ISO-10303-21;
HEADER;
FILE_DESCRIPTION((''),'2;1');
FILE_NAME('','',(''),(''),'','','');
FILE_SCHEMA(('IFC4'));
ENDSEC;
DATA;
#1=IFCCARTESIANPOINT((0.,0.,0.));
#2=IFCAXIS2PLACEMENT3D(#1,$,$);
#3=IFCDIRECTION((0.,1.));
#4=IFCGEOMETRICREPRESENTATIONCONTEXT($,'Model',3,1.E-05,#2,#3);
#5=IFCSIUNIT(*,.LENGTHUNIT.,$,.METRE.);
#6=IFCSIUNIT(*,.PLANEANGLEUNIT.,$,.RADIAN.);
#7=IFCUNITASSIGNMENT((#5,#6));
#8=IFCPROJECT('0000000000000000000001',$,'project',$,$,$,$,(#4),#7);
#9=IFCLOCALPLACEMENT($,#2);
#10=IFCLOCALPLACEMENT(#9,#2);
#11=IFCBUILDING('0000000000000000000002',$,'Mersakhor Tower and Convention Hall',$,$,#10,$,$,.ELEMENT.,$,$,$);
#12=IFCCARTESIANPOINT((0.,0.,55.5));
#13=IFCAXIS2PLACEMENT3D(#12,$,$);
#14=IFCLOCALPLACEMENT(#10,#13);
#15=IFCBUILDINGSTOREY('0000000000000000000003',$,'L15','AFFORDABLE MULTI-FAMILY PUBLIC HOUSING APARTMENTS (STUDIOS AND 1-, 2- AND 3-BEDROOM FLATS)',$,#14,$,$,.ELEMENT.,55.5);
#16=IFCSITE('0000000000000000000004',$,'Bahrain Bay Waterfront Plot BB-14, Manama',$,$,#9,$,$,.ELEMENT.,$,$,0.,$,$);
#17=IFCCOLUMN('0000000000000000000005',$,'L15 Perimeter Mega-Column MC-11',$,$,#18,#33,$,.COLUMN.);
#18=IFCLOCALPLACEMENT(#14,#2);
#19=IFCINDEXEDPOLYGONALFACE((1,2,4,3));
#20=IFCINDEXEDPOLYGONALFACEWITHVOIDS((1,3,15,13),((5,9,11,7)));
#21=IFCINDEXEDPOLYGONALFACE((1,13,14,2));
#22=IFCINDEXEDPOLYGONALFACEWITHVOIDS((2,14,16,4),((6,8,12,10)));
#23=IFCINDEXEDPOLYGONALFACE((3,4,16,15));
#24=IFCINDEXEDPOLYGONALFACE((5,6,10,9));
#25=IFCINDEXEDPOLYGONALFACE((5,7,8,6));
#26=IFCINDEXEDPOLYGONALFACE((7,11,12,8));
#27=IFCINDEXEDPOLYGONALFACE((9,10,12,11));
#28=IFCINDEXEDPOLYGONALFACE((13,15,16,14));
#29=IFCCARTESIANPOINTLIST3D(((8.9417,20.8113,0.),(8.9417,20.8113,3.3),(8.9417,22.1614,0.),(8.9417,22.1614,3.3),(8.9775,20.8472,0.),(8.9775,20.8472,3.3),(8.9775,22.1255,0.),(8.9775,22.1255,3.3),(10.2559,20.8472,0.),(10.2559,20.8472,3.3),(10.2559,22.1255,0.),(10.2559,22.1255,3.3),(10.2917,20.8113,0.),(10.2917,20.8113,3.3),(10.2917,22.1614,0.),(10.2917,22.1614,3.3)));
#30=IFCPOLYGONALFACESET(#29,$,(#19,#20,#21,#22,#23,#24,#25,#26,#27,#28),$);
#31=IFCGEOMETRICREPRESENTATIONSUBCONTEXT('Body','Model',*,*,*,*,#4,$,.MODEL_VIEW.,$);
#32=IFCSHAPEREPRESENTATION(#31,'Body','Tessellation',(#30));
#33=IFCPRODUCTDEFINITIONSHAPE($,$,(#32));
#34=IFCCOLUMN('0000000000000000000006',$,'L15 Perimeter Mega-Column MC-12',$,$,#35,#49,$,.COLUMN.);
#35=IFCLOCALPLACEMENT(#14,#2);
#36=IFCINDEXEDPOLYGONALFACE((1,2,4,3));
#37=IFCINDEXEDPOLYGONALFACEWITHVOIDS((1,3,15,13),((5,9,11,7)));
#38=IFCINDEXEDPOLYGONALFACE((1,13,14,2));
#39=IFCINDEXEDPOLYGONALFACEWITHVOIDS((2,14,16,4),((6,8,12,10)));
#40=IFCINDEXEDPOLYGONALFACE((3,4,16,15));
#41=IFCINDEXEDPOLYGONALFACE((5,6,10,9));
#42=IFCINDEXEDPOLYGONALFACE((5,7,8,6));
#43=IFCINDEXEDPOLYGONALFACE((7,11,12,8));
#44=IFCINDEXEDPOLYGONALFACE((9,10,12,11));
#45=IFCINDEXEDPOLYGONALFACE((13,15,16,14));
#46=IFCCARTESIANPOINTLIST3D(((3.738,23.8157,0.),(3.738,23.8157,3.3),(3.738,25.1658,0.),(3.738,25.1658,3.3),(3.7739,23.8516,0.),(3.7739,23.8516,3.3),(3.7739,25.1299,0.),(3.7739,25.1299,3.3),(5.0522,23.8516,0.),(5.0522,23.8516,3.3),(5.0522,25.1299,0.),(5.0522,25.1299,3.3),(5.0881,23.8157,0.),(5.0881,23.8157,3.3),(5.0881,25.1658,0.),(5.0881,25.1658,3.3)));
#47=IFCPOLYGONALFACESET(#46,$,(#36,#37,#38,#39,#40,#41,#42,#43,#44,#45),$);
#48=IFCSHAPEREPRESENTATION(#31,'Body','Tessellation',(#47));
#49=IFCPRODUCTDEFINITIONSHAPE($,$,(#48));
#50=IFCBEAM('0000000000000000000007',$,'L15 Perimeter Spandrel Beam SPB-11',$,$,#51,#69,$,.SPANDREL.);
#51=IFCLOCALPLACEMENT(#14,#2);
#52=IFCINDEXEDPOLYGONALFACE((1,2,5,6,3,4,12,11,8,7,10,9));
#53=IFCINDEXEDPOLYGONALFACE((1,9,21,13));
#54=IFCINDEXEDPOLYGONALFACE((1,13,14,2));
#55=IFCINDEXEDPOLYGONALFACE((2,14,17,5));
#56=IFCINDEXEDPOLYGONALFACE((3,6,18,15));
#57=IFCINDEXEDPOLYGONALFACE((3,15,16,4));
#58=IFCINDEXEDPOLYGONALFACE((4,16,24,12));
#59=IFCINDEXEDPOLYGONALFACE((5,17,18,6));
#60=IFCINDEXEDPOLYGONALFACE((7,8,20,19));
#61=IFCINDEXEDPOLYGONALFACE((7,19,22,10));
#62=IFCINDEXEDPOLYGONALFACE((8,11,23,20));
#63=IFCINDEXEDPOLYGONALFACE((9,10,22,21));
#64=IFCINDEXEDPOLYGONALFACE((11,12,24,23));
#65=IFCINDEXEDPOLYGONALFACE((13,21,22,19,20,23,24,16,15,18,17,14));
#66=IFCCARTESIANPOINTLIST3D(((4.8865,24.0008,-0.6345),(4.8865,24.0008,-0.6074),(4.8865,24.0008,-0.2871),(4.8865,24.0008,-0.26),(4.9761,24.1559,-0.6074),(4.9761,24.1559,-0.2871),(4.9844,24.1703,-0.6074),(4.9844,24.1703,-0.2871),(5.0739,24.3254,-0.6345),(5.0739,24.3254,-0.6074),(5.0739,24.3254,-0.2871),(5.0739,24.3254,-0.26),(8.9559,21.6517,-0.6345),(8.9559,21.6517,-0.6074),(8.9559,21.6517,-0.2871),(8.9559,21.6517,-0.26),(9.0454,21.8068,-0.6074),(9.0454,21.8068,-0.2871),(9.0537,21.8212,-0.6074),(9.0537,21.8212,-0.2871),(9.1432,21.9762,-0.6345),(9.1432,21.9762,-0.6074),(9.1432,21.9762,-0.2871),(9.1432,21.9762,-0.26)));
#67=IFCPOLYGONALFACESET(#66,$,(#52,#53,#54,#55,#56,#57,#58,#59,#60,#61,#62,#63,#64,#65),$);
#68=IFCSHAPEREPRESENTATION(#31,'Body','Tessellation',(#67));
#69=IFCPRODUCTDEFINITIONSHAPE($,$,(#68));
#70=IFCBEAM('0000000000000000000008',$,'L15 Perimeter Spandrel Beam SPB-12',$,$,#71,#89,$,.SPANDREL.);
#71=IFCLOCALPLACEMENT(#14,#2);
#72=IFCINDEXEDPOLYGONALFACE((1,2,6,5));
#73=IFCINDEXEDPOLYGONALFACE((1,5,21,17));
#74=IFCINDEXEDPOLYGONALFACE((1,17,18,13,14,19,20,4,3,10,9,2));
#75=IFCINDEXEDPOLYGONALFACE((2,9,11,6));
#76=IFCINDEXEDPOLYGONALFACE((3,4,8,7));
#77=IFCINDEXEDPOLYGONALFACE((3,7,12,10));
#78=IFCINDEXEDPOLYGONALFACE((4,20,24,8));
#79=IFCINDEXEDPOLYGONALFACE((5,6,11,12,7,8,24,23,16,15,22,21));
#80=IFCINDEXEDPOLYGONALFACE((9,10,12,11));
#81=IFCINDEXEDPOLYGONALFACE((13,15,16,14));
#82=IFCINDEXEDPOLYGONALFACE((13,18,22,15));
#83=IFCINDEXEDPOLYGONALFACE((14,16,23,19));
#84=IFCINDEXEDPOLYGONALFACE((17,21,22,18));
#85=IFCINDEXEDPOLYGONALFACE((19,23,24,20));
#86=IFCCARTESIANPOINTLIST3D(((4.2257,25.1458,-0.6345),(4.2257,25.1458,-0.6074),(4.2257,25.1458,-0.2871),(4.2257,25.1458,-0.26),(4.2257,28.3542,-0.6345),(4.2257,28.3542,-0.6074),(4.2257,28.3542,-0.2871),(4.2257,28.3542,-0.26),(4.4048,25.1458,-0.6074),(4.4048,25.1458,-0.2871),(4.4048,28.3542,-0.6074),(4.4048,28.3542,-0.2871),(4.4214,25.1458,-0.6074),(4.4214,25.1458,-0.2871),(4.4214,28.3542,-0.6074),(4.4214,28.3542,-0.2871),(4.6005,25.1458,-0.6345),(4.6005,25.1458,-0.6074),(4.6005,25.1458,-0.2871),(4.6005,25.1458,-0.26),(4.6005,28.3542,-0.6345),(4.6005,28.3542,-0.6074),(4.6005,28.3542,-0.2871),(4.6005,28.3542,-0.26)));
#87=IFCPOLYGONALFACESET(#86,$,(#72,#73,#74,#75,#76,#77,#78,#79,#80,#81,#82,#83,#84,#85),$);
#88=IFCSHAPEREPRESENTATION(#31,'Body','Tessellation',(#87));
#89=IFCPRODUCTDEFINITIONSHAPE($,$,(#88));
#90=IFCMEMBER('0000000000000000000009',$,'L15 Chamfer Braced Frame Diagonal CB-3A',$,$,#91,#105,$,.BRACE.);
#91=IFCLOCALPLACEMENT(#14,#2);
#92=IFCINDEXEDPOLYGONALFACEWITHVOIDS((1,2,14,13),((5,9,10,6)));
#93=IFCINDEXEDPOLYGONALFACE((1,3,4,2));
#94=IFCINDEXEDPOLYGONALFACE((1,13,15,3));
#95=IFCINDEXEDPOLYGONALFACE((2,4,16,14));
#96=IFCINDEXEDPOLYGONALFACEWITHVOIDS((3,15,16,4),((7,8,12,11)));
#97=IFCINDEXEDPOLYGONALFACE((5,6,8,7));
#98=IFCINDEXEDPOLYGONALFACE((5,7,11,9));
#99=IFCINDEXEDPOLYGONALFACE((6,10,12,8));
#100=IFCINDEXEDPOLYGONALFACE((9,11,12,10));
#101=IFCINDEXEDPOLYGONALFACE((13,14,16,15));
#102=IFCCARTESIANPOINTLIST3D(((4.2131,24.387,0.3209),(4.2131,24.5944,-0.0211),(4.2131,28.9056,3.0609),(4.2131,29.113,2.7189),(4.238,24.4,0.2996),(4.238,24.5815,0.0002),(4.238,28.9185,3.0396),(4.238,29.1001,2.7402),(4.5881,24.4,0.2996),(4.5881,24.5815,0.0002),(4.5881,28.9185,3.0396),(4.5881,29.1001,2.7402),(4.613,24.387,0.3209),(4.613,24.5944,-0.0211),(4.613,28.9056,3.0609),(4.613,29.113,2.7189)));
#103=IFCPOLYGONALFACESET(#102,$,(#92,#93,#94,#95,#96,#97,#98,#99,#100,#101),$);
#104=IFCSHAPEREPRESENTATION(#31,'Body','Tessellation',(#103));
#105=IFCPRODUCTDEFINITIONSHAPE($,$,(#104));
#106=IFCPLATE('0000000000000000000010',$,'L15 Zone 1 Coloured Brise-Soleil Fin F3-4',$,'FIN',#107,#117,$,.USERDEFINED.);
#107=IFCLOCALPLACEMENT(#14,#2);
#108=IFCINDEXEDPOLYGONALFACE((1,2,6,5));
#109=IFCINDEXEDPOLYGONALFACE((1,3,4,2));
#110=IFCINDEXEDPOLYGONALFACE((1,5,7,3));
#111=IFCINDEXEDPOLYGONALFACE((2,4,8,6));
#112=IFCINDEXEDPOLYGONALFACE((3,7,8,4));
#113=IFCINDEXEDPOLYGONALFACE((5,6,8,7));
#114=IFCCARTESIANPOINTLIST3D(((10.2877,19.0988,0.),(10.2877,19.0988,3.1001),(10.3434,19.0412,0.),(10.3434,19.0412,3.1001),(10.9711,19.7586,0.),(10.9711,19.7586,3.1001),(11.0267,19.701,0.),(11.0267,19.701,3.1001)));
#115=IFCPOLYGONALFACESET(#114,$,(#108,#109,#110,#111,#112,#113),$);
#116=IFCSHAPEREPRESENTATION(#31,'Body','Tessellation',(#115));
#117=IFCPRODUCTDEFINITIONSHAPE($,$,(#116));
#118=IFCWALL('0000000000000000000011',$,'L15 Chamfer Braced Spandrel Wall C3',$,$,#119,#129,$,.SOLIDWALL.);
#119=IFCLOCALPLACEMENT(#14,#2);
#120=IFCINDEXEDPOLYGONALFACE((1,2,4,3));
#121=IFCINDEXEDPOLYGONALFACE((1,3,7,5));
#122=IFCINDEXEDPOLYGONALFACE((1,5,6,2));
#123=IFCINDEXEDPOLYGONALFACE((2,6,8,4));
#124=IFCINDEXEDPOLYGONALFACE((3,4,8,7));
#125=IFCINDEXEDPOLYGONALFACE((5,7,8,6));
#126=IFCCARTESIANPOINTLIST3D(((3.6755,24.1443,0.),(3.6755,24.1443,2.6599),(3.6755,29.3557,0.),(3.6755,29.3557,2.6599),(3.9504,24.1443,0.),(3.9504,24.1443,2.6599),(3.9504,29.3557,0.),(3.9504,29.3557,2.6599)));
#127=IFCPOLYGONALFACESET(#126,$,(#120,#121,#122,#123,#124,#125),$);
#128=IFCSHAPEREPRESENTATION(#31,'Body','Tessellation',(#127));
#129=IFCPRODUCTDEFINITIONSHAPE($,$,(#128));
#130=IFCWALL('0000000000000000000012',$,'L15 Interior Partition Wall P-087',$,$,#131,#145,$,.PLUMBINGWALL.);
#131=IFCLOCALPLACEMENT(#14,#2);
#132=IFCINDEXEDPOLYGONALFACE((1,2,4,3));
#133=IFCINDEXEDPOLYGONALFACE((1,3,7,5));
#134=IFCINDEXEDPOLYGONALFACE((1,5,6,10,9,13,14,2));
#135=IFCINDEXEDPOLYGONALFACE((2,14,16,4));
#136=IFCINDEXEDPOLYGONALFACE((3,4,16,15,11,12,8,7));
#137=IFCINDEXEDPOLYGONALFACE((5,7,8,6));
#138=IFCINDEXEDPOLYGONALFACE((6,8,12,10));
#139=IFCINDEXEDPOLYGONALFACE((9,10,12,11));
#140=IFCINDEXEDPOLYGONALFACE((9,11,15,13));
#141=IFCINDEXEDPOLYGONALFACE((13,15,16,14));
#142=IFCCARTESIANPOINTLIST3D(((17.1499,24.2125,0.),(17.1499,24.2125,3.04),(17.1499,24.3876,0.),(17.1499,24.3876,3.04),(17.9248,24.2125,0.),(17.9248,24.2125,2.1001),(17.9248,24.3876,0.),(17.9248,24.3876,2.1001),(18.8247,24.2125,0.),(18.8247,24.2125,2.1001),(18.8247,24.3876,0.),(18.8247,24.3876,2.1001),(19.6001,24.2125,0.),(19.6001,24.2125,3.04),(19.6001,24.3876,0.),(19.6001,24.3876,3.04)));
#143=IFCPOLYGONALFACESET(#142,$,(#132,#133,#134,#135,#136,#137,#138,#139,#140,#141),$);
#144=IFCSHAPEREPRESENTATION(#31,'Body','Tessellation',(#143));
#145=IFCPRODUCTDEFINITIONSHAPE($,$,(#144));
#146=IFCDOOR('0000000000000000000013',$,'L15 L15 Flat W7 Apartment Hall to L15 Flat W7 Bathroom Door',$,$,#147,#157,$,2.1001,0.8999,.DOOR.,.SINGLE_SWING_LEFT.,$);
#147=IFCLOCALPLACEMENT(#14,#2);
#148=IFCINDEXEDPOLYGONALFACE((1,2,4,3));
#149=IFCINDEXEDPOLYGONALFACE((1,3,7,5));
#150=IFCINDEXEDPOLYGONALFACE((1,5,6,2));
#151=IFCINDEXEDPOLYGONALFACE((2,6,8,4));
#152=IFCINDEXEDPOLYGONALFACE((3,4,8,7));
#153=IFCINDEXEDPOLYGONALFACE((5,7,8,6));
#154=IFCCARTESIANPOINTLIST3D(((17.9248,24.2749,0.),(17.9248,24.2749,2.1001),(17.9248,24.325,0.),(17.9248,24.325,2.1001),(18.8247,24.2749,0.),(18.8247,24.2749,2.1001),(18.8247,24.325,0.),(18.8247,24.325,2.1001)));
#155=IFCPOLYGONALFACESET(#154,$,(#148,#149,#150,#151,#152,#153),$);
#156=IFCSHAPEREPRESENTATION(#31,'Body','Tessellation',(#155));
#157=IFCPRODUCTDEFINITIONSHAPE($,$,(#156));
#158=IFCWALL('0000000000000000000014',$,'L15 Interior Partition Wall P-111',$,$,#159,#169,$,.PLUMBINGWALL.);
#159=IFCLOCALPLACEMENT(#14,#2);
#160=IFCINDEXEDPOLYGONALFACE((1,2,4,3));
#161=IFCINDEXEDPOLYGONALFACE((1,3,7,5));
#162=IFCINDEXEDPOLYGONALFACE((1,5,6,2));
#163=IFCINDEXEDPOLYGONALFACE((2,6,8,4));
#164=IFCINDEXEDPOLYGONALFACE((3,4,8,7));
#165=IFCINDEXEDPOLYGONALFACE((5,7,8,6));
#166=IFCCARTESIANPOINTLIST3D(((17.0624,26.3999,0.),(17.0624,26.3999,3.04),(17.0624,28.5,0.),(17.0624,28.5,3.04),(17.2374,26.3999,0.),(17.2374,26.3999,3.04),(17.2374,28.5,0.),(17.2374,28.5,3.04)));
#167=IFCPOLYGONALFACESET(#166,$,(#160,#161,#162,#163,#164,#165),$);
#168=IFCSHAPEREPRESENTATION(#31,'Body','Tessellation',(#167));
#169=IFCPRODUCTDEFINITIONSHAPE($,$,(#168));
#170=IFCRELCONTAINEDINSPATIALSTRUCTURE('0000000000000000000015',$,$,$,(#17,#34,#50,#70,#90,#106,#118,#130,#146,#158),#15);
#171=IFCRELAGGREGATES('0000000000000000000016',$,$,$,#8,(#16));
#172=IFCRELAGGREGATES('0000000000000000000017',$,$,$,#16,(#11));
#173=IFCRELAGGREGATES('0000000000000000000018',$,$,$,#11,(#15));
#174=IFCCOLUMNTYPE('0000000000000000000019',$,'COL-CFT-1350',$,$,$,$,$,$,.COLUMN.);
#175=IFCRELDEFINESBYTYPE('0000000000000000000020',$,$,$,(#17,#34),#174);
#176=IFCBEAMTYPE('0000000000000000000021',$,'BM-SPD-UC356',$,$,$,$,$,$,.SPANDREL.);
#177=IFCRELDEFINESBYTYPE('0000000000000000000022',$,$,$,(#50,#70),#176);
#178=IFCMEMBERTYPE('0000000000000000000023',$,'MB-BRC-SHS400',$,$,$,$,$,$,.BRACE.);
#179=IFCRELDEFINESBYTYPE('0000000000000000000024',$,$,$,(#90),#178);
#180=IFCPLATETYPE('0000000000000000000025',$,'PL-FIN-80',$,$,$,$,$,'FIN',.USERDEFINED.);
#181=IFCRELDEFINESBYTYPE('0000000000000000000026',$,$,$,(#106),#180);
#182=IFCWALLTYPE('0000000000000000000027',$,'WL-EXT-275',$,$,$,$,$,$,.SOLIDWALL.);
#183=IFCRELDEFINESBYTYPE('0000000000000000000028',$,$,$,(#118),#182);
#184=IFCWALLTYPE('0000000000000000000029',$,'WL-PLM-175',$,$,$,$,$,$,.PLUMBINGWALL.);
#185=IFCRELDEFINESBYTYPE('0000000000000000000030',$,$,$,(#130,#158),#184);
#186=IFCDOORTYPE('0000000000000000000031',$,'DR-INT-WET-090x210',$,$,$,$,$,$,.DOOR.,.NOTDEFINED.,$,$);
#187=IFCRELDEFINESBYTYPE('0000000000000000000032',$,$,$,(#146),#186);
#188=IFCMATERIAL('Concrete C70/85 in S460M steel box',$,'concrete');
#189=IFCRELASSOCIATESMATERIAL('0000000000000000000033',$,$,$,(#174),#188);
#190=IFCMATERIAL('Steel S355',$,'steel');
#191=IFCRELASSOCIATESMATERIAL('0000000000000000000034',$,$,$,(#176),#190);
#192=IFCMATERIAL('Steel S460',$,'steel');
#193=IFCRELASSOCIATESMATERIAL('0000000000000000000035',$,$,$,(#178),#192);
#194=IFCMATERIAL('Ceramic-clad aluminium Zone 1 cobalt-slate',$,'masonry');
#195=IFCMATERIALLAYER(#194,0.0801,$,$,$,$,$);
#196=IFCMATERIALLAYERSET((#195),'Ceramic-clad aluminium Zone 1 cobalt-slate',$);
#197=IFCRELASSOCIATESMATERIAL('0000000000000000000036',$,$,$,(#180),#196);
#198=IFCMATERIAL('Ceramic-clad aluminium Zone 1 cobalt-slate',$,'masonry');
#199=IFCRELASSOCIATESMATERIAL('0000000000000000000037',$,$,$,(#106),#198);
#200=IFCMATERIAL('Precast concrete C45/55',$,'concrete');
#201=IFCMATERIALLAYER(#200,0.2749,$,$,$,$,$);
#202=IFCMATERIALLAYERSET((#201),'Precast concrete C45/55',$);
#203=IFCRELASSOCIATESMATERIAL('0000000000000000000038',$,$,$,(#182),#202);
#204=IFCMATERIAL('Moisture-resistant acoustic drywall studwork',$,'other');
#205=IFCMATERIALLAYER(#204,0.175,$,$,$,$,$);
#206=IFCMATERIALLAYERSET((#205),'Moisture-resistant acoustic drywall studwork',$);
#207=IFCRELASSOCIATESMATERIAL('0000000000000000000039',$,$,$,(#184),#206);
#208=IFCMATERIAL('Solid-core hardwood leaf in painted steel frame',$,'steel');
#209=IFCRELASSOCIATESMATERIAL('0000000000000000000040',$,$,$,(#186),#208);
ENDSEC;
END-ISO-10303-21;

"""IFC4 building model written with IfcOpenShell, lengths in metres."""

from ifc_helpers import new_model, si_unit, direction, frame, frame_2d, origin, origin_2d, place, context, subcontext, project, spatial, rectangle, hollow_rectangle, i_section, extrude, material, layer, layer_set, material_profile, profile_set, type_object, element, fill, save


model = new_model("IFC4")

# Units and contexts
model_context = context("Model", 3, precision=1e-05, world=origin(), true_north=direction((0.0, 1.0)))
body_context = subcontext(model_context, "Body", "Model", "MODEL_VIEW")
ifc_project = project(units=[si_unit("LENGTHUNIT", "METRE"), si_unit("PLANEANGLEUNIT", "RADIAN")], contexts=[model_context])

# Site, building, storey
site_placement = place(None, origin())
site = spatial("IfcSite", under=ifc_project, at=site_placement, Name="Bahrain Bay Waterfront Plot BB-14, Manama", CompositionType="ELEMENT", RefElevation=0.0)
building_placement = place(site_placement, origin())
building = spatial("IfcBuilding", under=site, at=building_placement, Name="Mersakhor Tower and Convention Hall", CompositionType="ELEMENT")
storey_placement = place(building_placement, frame((0.0, 0.0, 55.5)))
storey = spatial("IfcBuildingStorey", under=building, at=storey_placement, Name="L15", Description="AFFORDABLE MULTI-FAMILY PUBLIC HOUSING APARTMENTS (STUDIOS AND 1-, 2- AND 3-BEDROOM FLATS)", CompositionType="ELEMENT", Elevation=55.5)

# Columns
ifc_material_1 = material(Name="Concrete C70/85 in S460M steel box", Category="concrete")
ifc_material_profile_1 = material_profile(ifc_material_1, hollow_rectangle(XDim=1.3501, YDim=1.3501, WallThickness=0.0359, at=origin_2d()), Name="SHS 1350x1350x36")
ifc_profile_set_1 = profile_set([ifc_material_profile_1], Name="Concrete C70/85 in S460M steel box")
column_type = type_object("IfcColumnType", Name="COL-CFT-1350", PredefinedType="COLUMN", material=ifc_profile_set_1)
for number, where, z_axis, x_axis, name in (
    (1, (9.6167, 21.4863, 0.0), (0.0, 0.0, 1.0), (1.0, 0.0, 0.0), "L15 Perimeter Mega-Column MC-11"),
    (2, (4.4131, 24.4907, 0.0), (0.0, 0.0, 1.0), (1.0, 0.0, 0.0), "L15 Perimeter Mega-Column MC-12"),
):
    element("IfcColumn", number, at=place(storey_placement, frame(where, z_axis=z_axis, x_axis=x_axis)), inside=storey, type_object=column_type, Name=name, PredefinedType="COLUMN", context=body_context, shape_type="SweptSolid", body=[
        extrude(hollow_rectangle(XDim=1.3501, YDim=1.3501, WallThickness=0.0359, at=origin_2d()), origin(), (0.0, 0.0, 1.0), 3.3),
    ])

# Beams
ifc_material_2 = material(Name="Steel S355", Category="steel")
ifc_material_profile_2 = material_profile(ifc_material_2, i_section(OverallWidth=0.3748, OverallDepth=0.3745, WebThickness=0.0166, FlangeThickness=0.0271, at=origin_2d()), Name="UC 356x368x202")
ifc_profile_set_2 = profile_set([ifc_material_profile_2], Name="Steel S355")
beam_type = type_object("IfcBeamType", Name="BM-SPD-UC356", PredefinedType="SPANDREL", material=ifc_profile_set_2)
beam_1_placement = place(storey_placement, frame((9.0496, 21.814, -0.4473), z_axis=(-0.866054, 0.49995, 0.0), x_axis=(-0.49995, -0.866054, 0.0)))
element("IfcBeam", 3, at=beam_1_placement, inside=storey, type_object=beam_type, Name="L15 Perimeter Spandrel Beam SPB-11", PredefinedType="SPANDREL", context=body_context, shape_type="SweptSolid", body=[
    extrude(i_section(OverallWidth=0.3748, OverallDepth=0.3745, WebThickness=0.0166, FlangeThickness=0.0271, at=origin_2d()), origin(), (0.0, 0.0, 1.0), 4.6987),
])
beam_2_placement = place(storey_placement, frame((4.4131, 25.1458, -0.4473), z_axis=(0.0, 1.0, 0.0), x_axis=(-1.0, 0.0, 0.0)))
element("IfcBeam", 4, at=beam_2_placement, inside=storey, type_object=beam_type, Name="L15 Perimeter Spandrel Beam SPB-12", PredefinedType="SPANDREL", context=body_context, shape_type="SweptSolid", body=[
    extrude(i_section(OverallWidth=0.3748, OverallDepth=0.3745, WebThickness=0.0166, FlangeThickness=0.0271, at=origin_2d()), origin(), (0.0, 0.0, 1.0), 3.2085),
])

# Member
ifc_material_3 = material(Name="Steel S460", Category="steel")
ifc_material_profile_3 = material_profile(ifc_material_3, hollow_rectangle(XDim=0.3999, YDim=0.3999, WallThickness=0.0249, at=origin_2d()), Name="SHS 400x400x25")
ifc_profile_set_3 = profile_set([ifc_material_profile_3], Name="Steel S460")
member_type = type_object("IfcMemberType", Name="MB-BRC-SHS400", PredefinedType="BRACE", material=ifc_profile_set_3)
member_placement = place(storey_placement, frame((4.4131, 24.4907, 0.1499), z_axis=(0.0, 0.855074, 0.518505), x_axis=(-1.0, 0.0, 0.0)))
element("IfcMember", 5, at=member_placement, inside=storey, type_object=member_type, Name="L15 Chamfer Braced Frame Diagonal CB-3A", PredefinedType="BRACE", context=body_context, shape_type="SweptSolid", body=[
    extrude(hollow_rectangle(XDim=0.3999, YDim=0.3999, WallThickness=0.0249, at=origin_2d()), origin(), (0.0, 0.0, 1.0), 5.2844),
])

# Plate
ifc_material_4 = material(Name="Ceramic-clad aluminium Zone 1 cobalt-slate", Category="masonry")
ifc_material_5 = material(Name="Ceramic-clad aluminium Zone 1 cobalt-slate", Category="masonry")
ifc_layer_1 = layer(ifc_material_5, 0.0801)
ifc_layer_set_1 = layer_set([ifc_layer_1], Name="Ceramic-clad aluminium Zone 1 cobalt-slate")
plate_type = type_object("IfcPlateType", Name="PL-FIN-80", ElementType="FIN", PredefinedType="USERDEFINED", material=ifc_layer_set_1)
plate_placement = place(storey_placement, frame((10.6572, 19.3999, 0.0), z_axis=(0.0, 0.0, 1.0), x_axis=(-0.71934, -0.694658, 0.0)))
element("IfcPlate", 6, at=plate_placement, inside=storey, type_object=plate_type, material=ifc_material_4, Name="L15 Zone 1 Coloured Brise-Soleil Fin F3-4", ObjectType="FIN", PredefinedType="USERDEFINED", context=body_context, shape_type="SweptSolid", body=[
    extrude(rectangle(XDim=0.95, YDim=0.0801, at=origin_2d()), origin(), (0.0, 0.0, 1.0), 3.1001),
])

# Wall
ifc_material_6 = material(Name="Precast concrete C45/55", Category="concrete")
ifc_layer_2 = layer(ifc_material_6, 0.2749)
ifc_layer_set_2 = layer_set([ifc_layer_2], Name="Precast concrete C45/55")
wall_type_1 = type_object("IfcWallType", Name="WL-EXT-275", PredefinedType="SOLIDWALL", material=ifc_layer_set_2)
wall_1_placement = place(storey_placement, frame((3.813, 24.1443, 0.0), z_axis=(0.0, 0.0, 1.0), x_axis=(0.0, 1.0, 0.0)))
element("IfcWall", 7, at=wall_1_placement, inside=storey, type_object=wall_type_1, Name="L15 Chamfer Braced Spandrel Wall C3", PredefinedType="SOLIDWALL", context=body_context, shape_type="SweptSolid", body=[
    extrude(rectangle(XDim=5.2114, YDim=0.2749, at=frame_2d((2.6057, 0.0))), origin(), (0.0, 0.0, 1.0), 2.6599),
])

# Wall, opening, door
ifc_material_7 = material(Name="Moisture-resistant acoustic drywall studwork", Category="other")
ifc_layer_3 = layer(ifc_material_7, 0.175)
ifc_layer_set_3 = layer_set([ifc_layer_3], Name="Moisture-resistant acoustic drywall studwork")
wall_type_2 = type_object("IfcWallType", Name="WL-PLM-175", PredefinedType="PLUMBINGWALL", material=ifc_layer_set_3)
wall_2_placement = place(storey_placement, frame((17.1499, 24.3, 0.0), z_axis=(0.0, 0.0, 1.0), x_axis=(1.0, 0.0, 0.0)))
wall_2 = element("IfcWall", 8, at=wall_2_placement, inside=storey, type_object=wall_type_2, Name="L15 Interior Partition Wall P-087", PredefinedType="PLUMBINGWALL", context=body_context, shape_type="SweptSolid", body=[
    extrude(rectangle(XDim=2.4502, YDim=0.175, at=frame_2d((1.2251, 0.0))), origin(), (0.0, 0.0, 1.0), 3.04),
])
opening_1_placement = place(wall_2_placement, frame((0.7749, 0.0, 0.0)))
opening_1 = element("IfcOpeningElement", 9, at=opening_1_placement, cuts=wall_2, PredefinedType="OPENING", context=body_context, shape_type="SweptSolid", body=[
    extrude(rectangle(XDim=0.8999, YDim=2.1001, at=frame_2d((0.45, 1.05))), frame((0.0, 0.0974, 0.0), z_axis=(0.0, -1.0, 0.0), x_axis=(1.0, 0.0, 0.0)), (0.0, 0.0, 1.0), 0.1951),
])
ifc_material_8 = material(Name="Solid-core hardwood leaf in painted steel frame", Category="steel")
door_type_1 = type_object("IfcDoorType", Name="DR-INT-WET-090x210", OperationType="NOTDEFINED", PredefinedType="DOOR", material=ifc_material_8)
door_1_placement = place(opening_1_placement, origin())
door_1 = element("IfcDoor", 10, at=door_1_placement, inside=storey, type_object=door_type_1, Name="L15 L15 Flat W7 Apartment Hall to L15 Flat W7 Bathroom Door", OperationType="SINGLE_SWING_LEFT", OverallHeight=2.1001, OverallWidth=0.8999, PredefinedType="DOOR", context=body_context, shape_type="SweptSolid", body=[
    extrude(rectangle(XDim=0.8999, YDim=2.1001, at=frame_2d((0.45, 1.05))), frame((0.0, 0.0249, 0.0), z_axis=(0.0, -1.0, 0.0), x_axis=(1.0, 0.0, 0.0)), (0.0, 0.0, 1.0), 0.05),
])
fill(opening_1, door_1)

# Wall
wall_3_placement = place(storey_placement, frame((17.1499, 26.3999, 0.0), z_axis=(0.0, 0.0, 1.0), x_axis=(0.0, 1.0, 0.0)))
element("IfcWall", 11, at=wall_3_placement, inside=storey, type_object=wall_type_2, Name="L15 Interior Partition Wall P-111", PredefinedType="PLUMBINGWALL", context=body_context, shape_type="SweptSolid", body=[
    extrude(rectangle(XDim=2.1001, YDim=0.175, at=frame_2d((1.05, 0.0))), origin(), (0.0, 0.0, 1.0), 3.04),
])

save(model, "model.ifc")
